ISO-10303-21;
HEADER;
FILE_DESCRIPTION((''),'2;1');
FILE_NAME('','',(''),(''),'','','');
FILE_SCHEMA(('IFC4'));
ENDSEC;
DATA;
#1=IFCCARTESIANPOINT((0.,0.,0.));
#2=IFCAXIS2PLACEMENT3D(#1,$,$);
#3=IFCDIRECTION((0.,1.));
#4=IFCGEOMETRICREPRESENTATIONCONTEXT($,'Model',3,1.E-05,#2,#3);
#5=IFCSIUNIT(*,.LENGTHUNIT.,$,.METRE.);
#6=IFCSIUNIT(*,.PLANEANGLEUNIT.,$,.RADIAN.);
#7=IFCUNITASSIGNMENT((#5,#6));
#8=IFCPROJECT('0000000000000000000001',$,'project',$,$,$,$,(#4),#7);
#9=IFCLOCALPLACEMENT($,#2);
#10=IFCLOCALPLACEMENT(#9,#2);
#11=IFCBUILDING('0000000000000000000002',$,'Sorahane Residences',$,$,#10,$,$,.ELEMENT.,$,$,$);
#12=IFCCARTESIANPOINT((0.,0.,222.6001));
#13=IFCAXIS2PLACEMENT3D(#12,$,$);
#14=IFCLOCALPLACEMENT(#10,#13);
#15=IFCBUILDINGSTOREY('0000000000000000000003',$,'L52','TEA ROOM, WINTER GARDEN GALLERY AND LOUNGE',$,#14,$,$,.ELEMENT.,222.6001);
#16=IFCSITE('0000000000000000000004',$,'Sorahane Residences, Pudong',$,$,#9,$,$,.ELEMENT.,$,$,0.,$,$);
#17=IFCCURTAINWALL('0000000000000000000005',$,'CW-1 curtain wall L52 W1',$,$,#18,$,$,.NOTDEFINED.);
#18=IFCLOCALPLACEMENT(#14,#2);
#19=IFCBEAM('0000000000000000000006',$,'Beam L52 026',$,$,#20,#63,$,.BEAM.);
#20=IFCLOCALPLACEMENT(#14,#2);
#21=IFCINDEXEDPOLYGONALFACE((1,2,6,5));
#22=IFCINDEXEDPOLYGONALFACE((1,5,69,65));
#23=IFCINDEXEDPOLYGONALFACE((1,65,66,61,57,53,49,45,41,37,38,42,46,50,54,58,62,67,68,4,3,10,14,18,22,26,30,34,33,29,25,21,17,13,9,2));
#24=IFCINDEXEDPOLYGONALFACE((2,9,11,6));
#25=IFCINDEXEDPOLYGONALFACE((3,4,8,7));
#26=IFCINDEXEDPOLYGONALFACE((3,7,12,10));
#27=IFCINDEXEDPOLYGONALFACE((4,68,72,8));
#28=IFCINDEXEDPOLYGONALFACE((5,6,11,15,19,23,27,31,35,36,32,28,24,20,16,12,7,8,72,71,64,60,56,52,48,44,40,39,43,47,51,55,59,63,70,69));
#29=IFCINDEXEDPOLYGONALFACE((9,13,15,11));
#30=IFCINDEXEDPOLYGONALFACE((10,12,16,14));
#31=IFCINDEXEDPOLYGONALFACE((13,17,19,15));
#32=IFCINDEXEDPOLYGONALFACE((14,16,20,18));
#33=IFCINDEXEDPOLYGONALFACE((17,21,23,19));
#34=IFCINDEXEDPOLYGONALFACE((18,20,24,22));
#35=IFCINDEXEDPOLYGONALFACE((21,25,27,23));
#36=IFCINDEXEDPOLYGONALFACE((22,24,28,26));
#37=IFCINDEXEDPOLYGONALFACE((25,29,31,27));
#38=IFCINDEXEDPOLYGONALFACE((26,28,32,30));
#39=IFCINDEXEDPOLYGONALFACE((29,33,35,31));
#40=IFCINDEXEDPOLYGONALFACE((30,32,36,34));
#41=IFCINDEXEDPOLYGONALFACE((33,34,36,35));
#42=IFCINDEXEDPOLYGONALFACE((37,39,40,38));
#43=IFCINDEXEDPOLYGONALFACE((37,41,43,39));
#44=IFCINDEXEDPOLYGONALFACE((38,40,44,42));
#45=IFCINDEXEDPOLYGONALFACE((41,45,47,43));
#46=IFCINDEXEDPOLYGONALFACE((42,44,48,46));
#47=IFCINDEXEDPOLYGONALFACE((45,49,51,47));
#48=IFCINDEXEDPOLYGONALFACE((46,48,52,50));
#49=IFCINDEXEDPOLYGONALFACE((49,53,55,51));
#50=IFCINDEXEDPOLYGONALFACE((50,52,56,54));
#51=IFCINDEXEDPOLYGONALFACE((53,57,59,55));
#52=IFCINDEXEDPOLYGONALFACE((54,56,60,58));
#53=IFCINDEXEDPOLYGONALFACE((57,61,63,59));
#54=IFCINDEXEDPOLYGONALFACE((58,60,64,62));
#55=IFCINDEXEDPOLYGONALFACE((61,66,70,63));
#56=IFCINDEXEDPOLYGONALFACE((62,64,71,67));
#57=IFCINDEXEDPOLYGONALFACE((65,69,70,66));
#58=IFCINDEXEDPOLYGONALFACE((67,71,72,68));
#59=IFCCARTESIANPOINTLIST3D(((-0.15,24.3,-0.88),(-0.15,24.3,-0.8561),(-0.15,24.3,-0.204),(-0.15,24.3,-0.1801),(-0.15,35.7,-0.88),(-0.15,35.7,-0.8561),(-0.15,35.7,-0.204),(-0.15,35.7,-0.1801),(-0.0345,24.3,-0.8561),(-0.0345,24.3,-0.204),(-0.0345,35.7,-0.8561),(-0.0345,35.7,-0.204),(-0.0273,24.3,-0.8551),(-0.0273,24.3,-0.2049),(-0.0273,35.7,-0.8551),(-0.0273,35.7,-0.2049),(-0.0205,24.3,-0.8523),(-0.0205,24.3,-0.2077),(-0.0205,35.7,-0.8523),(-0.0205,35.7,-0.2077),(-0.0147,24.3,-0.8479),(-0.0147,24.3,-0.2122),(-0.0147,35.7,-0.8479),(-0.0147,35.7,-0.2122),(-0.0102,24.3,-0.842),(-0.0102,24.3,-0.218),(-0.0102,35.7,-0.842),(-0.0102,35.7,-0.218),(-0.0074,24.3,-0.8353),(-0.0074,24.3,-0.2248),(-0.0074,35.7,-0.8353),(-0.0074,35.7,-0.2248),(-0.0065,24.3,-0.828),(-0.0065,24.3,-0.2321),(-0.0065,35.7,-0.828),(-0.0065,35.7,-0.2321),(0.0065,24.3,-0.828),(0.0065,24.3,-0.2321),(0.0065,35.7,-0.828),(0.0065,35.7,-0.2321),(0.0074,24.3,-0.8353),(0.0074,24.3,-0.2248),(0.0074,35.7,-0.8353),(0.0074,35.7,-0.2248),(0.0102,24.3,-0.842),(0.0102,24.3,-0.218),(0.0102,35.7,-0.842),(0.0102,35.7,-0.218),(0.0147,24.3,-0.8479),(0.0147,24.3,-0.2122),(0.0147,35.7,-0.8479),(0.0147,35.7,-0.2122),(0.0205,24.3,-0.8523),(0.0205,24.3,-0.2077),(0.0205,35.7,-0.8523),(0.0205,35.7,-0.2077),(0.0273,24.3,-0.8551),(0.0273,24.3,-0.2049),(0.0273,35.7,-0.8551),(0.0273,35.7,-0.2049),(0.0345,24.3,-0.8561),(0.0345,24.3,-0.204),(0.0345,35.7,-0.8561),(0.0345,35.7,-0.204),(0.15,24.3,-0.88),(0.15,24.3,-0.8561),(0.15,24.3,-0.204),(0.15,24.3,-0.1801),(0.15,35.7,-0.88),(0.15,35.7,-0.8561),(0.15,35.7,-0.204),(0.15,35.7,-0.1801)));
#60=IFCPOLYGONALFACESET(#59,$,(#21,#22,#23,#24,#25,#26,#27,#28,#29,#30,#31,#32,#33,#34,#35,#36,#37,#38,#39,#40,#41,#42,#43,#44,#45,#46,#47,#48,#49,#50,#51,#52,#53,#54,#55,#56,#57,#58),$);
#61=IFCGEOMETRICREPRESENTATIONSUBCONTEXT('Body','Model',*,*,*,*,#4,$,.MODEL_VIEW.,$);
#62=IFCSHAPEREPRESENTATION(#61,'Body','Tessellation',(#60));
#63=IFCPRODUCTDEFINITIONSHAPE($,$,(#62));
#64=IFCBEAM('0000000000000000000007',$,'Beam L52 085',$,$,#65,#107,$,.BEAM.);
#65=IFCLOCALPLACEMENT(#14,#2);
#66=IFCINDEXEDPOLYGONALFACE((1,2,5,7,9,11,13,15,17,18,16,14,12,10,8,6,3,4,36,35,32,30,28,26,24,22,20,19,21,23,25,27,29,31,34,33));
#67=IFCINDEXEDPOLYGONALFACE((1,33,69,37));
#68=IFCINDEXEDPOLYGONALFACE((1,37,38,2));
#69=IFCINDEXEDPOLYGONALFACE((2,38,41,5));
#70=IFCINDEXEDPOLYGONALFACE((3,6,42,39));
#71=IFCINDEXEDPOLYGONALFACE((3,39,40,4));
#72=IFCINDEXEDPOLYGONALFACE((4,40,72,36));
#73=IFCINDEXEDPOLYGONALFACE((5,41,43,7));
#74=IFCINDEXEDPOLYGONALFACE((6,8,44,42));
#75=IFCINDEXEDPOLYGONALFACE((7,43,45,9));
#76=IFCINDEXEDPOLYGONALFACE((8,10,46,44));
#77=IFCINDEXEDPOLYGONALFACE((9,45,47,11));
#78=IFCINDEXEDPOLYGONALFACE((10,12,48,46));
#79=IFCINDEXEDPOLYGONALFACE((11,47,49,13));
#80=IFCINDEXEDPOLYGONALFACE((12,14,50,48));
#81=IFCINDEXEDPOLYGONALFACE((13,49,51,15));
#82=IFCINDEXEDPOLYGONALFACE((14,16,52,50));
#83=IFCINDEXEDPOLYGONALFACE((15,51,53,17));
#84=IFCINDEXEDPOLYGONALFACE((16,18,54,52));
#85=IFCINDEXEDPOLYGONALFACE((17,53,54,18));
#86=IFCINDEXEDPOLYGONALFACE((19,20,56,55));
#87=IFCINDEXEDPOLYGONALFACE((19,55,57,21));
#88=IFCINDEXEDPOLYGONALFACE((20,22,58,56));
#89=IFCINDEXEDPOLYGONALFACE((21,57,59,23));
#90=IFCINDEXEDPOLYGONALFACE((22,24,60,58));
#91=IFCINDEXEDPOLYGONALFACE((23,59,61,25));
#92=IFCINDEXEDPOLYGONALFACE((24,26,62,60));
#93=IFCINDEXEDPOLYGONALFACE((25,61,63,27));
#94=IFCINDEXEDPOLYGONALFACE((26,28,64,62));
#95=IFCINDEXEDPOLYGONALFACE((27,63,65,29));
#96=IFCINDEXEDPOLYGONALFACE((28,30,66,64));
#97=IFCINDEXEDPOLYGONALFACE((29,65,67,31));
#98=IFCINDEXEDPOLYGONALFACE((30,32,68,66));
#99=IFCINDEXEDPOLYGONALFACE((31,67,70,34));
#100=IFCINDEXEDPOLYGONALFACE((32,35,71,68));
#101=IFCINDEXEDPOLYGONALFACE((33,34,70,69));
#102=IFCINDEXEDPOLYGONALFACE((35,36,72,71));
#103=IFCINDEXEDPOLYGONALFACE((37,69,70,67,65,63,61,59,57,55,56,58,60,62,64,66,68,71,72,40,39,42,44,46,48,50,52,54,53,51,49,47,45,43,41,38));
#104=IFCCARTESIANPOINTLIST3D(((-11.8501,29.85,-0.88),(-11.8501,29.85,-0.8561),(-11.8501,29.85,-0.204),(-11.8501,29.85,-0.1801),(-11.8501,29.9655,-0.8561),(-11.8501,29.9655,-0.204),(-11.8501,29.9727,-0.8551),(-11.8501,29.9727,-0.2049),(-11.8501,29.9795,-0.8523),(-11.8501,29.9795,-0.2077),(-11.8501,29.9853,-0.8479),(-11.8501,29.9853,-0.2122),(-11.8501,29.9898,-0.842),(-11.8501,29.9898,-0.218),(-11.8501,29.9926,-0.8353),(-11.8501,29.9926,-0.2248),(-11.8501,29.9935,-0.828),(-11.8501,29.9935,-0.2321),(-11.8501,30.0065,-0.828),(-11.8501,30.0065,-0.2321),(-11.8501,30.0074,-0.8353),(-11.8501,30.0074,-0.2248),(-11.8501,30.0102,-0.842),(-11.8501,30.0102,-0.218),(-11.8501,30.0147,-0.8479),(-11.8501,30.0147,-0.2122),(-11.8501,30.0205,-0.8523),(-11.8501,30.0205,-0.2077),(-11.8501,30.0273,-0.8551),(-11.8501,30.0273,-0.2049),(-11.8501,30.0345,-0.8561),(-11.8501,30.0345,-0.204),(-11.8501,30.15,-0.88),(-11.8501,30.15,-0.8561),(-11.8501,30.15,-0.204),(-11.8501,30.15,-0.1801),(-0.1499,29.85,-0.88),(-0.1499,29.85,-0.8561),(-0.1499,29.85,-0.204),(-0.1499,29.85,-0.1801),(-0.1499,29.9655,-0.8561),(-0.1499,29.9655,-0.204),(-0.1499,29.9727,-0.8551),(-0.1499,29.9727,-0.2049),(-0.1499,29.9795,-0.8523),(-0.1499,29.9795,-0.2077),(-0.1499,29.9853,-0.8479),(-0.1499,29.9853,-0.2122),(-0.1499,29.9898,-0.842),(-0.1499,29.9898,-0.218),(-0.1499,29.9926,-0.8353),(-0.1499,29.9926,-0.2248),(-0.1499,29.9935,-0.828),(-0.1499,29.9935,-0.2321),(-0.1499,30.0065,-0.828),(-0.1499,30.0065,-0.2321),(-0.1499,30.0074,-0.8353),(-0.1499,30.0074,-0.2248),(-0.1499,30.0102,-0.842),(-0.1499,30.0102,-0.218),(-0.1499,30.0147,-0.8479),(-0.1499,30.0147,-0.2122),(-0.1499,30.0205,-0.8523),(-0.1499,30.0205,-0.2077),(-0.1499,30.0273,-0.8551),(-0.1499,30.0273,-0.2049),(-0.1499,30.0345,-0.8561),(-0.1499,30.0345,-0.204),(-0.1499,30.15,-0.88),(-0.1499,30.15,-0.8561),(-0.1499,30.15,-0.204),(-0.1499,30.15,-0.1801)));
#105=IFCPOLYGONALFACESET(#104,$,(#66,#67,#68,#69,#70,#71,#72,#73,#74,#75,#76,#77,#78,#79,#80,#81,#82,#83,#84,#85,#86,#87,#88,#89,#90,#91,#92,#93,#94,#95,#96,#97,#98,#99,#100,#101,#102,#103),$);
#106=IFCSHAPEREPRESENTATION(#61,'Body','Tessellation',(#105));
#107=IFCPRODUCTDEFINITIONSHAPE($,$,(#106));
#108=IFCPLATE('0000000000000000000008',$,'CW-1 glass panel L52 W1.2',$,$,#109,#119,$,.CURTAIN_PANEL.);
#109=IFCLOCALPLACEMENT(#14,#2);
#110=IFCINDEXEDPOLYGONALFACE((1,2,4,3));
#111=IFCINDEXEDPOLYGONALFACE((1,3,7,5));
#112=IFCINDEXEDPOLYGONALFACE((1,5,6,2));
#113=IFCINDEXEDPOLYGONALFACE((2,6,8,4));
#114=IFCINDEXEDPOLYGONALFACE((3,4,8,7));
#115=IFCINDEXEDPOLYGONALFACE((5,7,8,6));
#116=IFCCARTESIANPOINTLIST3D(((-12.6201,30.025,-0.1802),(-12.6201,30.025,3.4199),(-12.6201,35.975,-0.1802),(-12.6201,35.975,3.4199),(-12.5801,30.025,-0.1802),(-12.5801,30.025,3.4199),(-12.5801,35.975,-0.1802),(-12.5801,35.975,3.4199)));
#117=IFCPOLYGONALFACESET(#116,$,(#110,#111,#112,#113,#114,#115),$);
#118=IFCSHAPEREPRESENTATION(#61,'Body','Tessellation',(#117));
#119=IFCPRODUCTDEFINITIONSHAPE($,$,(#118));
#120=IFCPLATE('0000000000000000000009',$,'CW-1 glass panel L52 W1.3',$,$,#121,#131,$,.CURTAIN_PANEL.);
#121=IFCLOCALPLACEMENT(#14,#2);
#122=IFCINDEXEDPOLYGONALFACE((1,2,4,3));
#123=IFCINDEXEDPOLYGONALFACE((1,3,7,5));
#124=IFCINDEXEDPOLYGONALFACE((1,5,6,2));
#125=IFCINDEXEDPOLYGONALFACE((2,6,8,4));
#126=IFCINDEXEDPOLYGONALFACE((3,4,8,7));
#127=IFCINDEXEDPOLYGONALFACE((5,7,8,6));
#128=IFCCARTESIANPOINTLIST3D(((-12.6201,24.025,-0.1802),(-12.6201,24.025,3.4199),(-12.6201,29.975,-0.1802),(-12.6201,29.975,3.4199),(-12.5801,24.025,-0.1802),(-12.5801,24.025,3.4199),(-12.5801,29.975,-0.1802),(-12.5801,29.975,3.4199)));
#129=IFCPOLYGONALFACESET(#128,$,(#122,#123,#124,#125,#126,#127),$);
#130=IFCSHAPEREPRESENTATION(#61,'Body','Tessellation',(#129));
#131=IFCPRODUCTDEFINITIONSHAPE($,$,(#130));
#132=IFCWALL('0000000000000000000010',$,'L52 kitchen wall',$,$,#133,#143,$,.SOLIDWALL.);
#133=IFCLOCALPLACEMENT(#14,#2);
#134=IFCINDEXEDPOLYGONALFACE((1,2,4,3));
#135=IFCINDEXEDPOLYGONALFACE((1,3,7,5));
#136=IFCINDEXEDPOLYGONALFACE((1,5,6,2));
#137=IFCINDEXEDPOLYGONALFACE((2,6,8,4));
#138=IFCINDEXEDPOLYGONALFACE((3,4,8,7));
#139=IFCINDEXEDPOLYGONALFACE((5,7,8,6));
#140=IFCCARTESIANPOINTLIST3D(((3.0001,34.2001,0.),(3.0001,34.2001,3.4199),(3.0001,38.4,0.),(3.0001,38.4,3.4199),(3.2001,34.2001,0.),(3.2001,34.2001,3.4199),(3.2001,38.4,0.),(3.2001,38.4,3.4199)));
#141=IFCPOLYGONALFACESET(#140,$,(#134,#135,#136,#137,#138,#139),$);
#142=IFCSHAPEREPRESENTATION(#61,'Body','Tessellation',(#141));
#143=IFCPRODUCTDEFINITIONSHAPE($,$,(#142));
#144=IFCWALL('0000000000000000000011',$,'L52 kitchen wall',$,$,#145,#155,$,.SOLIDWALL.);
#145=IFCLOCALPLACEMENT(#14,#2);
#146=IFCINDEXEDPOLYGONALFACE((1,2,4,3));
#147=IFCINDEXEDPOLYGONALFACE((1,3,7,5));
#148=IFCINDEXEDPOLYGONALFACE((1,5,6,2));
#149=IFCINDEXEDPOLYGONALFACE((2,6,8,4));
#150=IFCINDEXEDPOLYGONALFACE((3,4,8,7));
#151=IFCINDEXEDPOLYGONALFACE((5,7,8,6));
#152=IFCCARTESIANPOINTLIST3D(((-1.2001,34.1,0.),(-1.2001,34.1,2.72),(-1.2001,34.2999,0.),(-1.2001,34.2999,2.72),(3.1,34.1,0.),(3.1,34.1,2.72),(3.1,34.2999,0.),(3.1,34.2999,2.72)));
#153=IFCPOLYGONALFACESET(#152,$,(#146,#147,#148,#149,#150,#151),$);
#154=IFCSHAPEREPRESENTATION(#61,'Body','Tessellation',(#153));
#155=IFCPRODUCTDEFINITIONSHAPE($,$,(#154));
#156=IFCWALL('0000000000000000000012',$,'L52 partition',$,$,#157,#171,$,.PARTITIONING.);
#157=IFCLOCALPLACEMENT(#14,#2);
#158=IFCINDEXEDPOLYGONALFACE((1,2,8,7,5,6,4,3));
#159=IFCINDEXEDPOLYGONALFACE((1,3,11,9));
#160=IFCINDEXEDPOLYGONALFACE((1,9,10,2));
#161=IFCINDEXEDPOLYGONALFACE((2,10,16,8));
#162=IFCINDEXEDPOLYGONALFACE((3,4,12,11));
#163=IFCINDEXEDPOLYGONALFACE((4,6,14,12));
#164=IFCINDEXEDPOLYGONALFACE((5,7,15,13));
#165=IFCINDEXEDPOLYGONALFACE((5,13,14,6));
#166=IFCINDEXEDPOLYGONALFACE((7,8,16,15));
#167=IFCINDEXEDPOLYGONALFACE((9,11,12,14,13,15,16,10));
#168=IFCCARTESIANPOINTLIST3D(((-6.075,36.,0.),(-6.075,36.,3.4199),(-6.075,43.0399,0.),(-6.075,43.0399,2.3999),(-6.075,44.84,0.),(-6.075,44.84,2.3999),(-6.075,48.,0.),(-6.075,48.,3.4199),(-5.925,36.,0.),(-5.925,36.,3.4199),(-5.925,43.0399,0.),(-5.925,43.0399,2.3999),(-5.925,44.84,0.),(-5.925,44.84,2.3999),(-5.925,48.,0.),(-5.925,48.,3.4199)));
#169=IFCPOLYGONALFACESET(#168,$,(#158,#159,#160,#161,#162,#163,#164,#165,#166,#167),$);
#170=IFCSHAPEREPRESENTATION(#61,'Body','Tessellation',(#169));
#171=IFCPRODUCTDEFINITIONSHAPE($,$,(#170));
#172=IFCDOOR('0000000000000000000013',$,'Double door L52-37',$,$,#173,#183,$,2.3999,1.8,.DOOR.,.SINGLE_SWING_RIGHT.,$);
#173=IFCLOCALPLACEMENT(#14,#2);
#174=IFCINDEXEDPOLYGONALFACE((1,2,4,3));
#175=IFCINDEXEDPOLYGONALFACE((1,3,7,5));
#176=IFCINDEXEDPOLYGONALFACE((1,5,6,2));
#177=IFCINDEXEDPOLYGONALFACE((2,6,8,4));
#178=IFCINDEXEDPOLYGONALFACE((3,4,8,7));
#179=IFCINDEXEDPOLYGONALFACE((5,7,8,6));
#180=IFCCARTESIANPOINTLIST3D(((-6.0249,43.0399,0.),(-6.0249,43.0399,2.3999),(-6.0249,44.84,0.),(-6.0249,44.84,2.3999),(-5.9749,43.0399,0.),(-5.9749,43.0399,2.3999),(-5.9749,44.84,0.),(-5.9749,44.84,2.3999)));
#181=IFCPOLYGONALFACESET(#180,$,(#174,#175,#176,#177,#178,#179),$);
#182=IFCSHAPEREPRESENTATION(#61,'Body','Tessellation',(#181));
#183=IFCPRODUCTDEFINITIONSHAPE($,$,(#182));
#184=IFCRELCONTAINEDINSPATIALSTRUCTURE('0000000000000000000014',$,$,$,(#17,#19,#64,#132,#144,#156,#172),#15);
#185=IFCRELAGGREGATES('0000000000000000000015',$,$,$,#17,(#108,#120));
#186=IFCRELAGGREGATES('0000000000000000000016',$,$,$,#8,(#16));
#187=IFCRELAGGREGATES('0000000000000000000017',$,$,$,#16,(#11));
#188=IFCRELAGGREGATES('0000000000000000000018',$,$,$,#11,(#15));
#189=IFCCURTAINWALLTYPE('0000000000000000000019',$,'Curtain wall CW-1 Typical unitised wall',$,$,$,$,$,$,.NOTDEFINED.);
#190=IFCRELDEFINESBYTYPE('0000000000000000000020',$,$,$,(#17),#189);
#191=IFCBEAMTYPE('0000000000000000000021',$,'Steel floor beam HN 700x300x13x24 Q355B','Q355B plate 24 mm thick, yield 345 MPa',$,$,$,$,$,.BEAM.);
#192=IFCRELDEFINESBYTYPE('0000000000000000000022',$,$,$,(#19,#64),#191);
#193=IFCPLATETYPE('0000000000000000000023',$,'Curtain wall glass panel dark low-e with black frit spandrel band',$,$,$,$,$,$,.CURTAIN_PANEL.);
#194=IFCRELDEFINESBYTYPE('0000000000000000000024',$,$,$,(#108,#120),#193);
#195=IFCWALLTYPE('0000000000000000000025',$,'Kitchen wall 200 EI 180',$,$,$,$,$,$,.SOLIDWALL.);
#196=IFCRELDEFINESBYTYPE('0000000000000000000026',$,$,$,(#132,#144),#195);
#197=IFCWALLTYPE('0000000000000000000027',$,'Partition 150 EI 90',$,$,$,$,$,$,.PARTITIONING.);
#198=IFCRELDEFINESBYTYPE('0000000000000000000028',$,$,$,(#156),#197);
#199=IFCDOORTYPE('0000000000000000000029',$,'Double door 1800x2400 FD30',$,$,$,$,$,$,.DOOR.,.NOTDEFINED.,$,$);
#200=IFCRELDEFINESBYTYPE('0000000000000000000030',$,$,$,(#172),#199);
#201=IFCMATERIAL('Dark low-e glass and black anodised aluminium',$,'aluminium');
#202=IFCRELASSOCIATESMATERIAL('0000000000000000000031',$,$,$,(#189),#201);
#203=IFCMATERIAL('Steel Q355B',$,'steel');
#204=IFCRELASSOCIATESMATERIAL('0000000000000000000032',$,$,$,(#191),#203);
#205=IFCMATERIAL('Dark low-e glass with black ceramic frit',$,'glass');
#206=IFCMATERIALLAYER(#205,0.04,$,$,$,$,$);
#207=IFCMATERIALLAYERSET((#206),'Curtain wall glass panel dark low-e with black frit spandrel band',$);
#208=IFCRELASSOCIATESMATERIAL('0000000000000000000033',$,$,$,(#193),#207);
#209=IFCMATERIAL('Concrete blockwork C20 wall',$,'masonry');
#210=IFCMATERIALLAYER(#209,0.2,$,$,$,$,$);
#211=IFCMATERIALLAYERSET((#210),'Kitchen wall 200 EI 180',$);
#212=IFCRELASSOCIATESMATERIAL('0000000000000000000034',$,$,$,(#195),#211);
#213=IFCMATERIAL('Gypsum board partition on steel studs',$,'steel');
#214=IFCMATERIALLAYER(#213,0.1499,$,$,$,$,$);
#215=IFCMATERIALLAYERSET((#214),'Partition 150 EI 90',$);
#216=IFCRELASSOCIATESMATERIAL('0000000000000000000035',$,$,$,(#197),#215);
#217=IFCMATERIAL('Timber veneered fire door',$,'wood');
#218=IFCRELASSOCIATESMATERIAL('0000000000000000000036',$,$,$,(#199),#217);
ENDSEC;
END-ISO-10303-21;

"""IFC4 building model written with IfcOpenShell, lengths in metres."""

from ifc_helpers import new_model, si_unit, direction, frame, frame_2d, origin, origin_2d, place, context, subcontext, project, spatial, rectangle, i_section, extrude, material, layer, layer_set, material_profile, profile_set, type_object, element, fill, aggregate, save


model = new_model("IFC4")

# Units and contexts
model_context = context("Model", 3, precision=1e-05, world=origin(), true_north=direction((0.0, 1.0)))
body_context = subcontext(model_context, "Body", "Model", "MODEL_VIEW")
ifc_project = project(units=[si_unit("LENGTHUNIT", "METRE"), si_unit("PLANEANGLEUNIT", "RADIAN")], contexts=[model_context])

# Site, building, storey
site_placement = place(None, origin())
site = spatial("IfcSite", under=ifc_project, at=site_placement, Name="Sorahane Residences, Pudong", CompositionType="ELEMENT", RefElevation=0.0)
building_placement = place(site_placement, origin())
building = spatial("IfcBuilding", under=site, at=building_placement, Name="Sorahane Residences", CompositionType="ELEMENT")
storey_placement = place(building_placement, frame((0.0, 0.0, 222.6001)))
storey = spatial("IfcBuildingStorey", under=building, at=storey_placement, Name="L52", Description="TEA ROOM, WINTER GARDEN GALLERY AND LOUNGE", CompositionType="ELEMENT", Elevation=222.6001)

# Curtain wall
ifc_material_1 = material(Name="Dark low-e glass and black anodised aluminium", Category="aluminium")
curtain_wall_type = type_object("IfcCurtainWallType", Name="Curtain wall CW-1 Typical unitised wall", PredefinedType="NOTDEFINED", material=ifc_material_1)
curtain_wall_placement = place(storey_placement, origin())
curtain_wall = element("IfcCurtainWall", 1, at=curtain_wall_placement, inside=storey, type_object=curtain_wall_type, Name="CW-1 curtain wall L52 W1", PredefinedType="NOTDEFINED")

# Beams
ifc_material_2 = material(Name="Steel Q355B", Category="steel")
ifc_material_profile_1 = material_profile(ifc_material_2, i_section(OverallWidth=0.3, OverallDepth=0.7, WebThickness=0.0129, FlangeThickness=0.0239, FilletRadius=0.0281, at=origin_2d()), Name="HN 700x300x13x24")
ifc_profile_set_1 = profile_set([ifc_material_profile_1], Name="Steel Q355B")
beam_type_1 = type_object("IfcBeamType", Name="Steel floor beam HN 700x300x13x24 Q355B", Description="Q355B plate 24 mm thick, yield 345 MPa", PredefinedType="BEAM", material=ifc_profile_set_1)
beam_1_placement = place(storey_placement, frame((0.0, 24.3, -0.53), z_axis=(0.0, 1.0, 0.0), x_axis=(-1.0, 0.0, 0.0)))
element("IfcBeam", 2, at=beam_1_placement, inside=storey, type_object=beam_type_1, Name="Beam L52 026", PredefinedType="BEAM", context=body_context, shape_type="SweptSolid", body=[
    extrude(i_section(OverallWidth=0.3, OverallDepth=0.7, WebThickness=0.0129, FlangeThickness=0.0239, FilletRadius=0.0281, at=origin_2d()), origin(), (0.0, 0.0, 1.0), 11.3999),
])
beam_2_placement = place(storey_placement, frame((-11.8501, 30.0, -0.53), z_axis=(1.0, 0.0, 0.0), x_axis=(0.0, 1.0, 0.0)))
element("IfcBeam", 3, at=beam_2_placement, inside=storey, type_object=beam_type_1, Name="Beam L52 085", PredefinedType="BEAM", context=body_context, shape_type="SweptSolid", body=[
    extrude(i_section(OverallWidth=0.3, OverallDepth=0.7, WebThickness=0.0129, FlangeThickness=0.0239, FilletRadius=0.0281, at=origin_2d()), origin(), (0.0, 0.0, 1.0), 11.7002),
])

# Plates
ifc_material_3 = material(Name="Dark low-e glass with black ceramic frit", Category="glass")
ifc_layer_1 = layer(ifc_material_3, 0.04)
ifc_layer_set_1 = layer_set([ifc_layer_1], Name="Curtain wall glass panel dark low-e with black frit spandrel band")
plate_type = type_object("IfcPlateType", Name="Curtain wall glass panel dark low-e with black frit spandrel band", PredefinedType="CURTAIN_PANEL", material=ifc_layer_set_1)
plate_1_placement = place(storey_placement, frame((-12.6001, 33.0, -0.1802), z_axis=(0.0, 0.0, 1.0), x_axis=(0.0, -1.0, 0.0)))
plate_1 = element("IfcPlate", 4, at=plate_1_placement, type_object=plate_type, Name="CW-1 glass panel L52 W1.2", PredefinedType="CURTAIN_PANEL", context=body_context, shape_type="SweptSolid", body=[
    extrude(rectangle(XDim=5.95, YDim=0.04, at=origin_2d()), origin(), (0.0, 0.0, 1.0), 3.6001),
])
plate_2_placement = place(storey_placement, frame((-12.6001, 27.0, -0.1802), z_axis=(0.0, 0.0, 1.0), x_axis=(0.0, -1.0, 0.0)))
plate_2 = element("IfcPlate", 5, at=plate_2_placement, type_object=plate_type, Name="CW-1 glass panel L52 W1.3", PredefinedType="CURTAIN_PANEL", context=body_context, shape_type="SweptSolid", body=[
    extrude(rectangle(XDim=5.95, YDim=0.04, at=origin_2d()), origin(), (0.0, 0.0, 1.0), 3.6001),
])
aggregate(curtain_wall, [plate_1, plate_2])

# Shared definitions
ifc_material_4 = material(Name="Concrete blockwork C20 wall", Category="masonry")
ifc_layer_2 = layer(ifc_material_4, 0.2)
ifc_layer_set_2 = layer_set([ifc_layer_2], Name="Kitchen wall 200 EI 180")
wall_type_1 = type_object("IfcWallType", Name="Kitchen wall 200 EI 180", PredefinedType="SOLIDWALL", material=ifc_layer_set_2)

# Walls
wall_1_placement = place(storey_placement, frame((3.1001, 34.2, 0.0), z_axis=(0.0, 0.0, 1.0), x_axis=(0.0, 1.0, 0.0)))
element("IfcWall", 6, at=wall_1_placement, inside=storey, type_object=wall_type_1, Name="L52 kitchen wall", PredefinedType="SOLIDWALL", context=body_context, shape_type="SweptSolid", body=[
    extrude(rectangle(XDim=4.2, YDim=0.2, at=frame_2d((2.1001, 0.0))), origin(), (0.0, 0.0, 1.0), 3.4199),
])
wall_2_placement = place(storey_placement, frame((-1.2, 34.2, 0.0), z_axis=(0.0, 0.0, 1.0), x_axis=(1.0, 0.0, 0.0)))
element("IfcWall", 7, at=wall_2_placement, inside=storey, type_object=wall_type_1, Name="L52 kitchen wall", PredefinedType="SOLIDWALL", context=body_context, shape_type="SweptSolid", body=[
    extrude(rectangle(XDim=4.3, YDim=0.2, at=frame_2d((2.1499, 0.0))), origin(), (0.0, 0.0, 1.0), 2.72),
])

# Wall, opening, door
ifc_material_5 = material(Name="Gypsum board partition on steel studs", Category="steel")
ifc_layer_3 = layer(ifc_material_5, 0.1499)
ifc_layer_set_3 = layer_set([ifc_layer_3], Name="Partition 150 EI 90")
wall_type_2 = type_object("IfcWallType", Name="Partition 150 EI 90", PredefinedType="PARTITIONING", material=ifc_layer_set_3)
wall_3_placement = place(storey_placement, frame((-6.0, 36.0, 0.0), z_axis=(0.0, 0.0, 1.0), x_axis=(0.0, 1.0, 0.0)))
wall_3 = element("IfcWall", 8, at=wall_3_placement, inside=storey, type_object=wall_type_2, Name="L52 partition", PredefinedType="PARTITIONING", context=body_context, shape_type="SweptSolid", body=[
    extrude(rectangle(XDim=12.0, YDim=0.1499, at=frame_2d((6.0, 0.0))), origin(), (0.0, 0.0, 1.0), 3.4199),
])
opening_1_placement = place(wall_3_placement, frame((7.04, 0.0, 0.0)))
opening_1 = element("IfcOpeningElement", 9, at=opening_1_placement, cuts=wall_3, PredefinedType="OPENING", context=body_context, shape_type="SweptSolid", body=[
    extrude(rectangle(XDim=1.8, YDim=2.3999, at=frame_2d((0.8999, 1.2))), frame((0.0, 0.085, 0.0), z_axis=(0.0, -1.0, 0.0), x_axis=(1.0, 0.0, 0.0)), (0.0, 0.0, 1.0), 0.1699),
])
ifc_material_6 = material(Name="Timber veneered fire door", Category="wood")
door_type_1 = type_object("IfcDoorType", Name="Double door 1800x2400 FD30", OperationType="NOTDEFINED", PredefinedType="DOOR", material=ifc_material_6)
door_1_placement = place(opening_1_placement, origin())
door_1 = element("IfcDoor", 10, at=door_1_placement, inside=storey, type_object=door_type_1, Name="Double door L52-37", OperationType="SINGLE_SWING_RIGHT", OverallHeight=2.3999, OverallWidth=1.8, PredefinedType="DOOR", context=body_context, shape_type="SweptSolid", body=[
    extrude(rectangle(XDim=1.8, YDim=2.3999, at=frame_2d((0.8999, 1.2))), frame((0.0, 0.0249, 0.0), z_axis=(0.0, -1.0, 0.0), x_axis=(1.0, 0.0, 0.0)), (0.0, 0.0, 1.0), 0.05),
])
fill(opening_1, door_1)

save(model, "model.ifc")
